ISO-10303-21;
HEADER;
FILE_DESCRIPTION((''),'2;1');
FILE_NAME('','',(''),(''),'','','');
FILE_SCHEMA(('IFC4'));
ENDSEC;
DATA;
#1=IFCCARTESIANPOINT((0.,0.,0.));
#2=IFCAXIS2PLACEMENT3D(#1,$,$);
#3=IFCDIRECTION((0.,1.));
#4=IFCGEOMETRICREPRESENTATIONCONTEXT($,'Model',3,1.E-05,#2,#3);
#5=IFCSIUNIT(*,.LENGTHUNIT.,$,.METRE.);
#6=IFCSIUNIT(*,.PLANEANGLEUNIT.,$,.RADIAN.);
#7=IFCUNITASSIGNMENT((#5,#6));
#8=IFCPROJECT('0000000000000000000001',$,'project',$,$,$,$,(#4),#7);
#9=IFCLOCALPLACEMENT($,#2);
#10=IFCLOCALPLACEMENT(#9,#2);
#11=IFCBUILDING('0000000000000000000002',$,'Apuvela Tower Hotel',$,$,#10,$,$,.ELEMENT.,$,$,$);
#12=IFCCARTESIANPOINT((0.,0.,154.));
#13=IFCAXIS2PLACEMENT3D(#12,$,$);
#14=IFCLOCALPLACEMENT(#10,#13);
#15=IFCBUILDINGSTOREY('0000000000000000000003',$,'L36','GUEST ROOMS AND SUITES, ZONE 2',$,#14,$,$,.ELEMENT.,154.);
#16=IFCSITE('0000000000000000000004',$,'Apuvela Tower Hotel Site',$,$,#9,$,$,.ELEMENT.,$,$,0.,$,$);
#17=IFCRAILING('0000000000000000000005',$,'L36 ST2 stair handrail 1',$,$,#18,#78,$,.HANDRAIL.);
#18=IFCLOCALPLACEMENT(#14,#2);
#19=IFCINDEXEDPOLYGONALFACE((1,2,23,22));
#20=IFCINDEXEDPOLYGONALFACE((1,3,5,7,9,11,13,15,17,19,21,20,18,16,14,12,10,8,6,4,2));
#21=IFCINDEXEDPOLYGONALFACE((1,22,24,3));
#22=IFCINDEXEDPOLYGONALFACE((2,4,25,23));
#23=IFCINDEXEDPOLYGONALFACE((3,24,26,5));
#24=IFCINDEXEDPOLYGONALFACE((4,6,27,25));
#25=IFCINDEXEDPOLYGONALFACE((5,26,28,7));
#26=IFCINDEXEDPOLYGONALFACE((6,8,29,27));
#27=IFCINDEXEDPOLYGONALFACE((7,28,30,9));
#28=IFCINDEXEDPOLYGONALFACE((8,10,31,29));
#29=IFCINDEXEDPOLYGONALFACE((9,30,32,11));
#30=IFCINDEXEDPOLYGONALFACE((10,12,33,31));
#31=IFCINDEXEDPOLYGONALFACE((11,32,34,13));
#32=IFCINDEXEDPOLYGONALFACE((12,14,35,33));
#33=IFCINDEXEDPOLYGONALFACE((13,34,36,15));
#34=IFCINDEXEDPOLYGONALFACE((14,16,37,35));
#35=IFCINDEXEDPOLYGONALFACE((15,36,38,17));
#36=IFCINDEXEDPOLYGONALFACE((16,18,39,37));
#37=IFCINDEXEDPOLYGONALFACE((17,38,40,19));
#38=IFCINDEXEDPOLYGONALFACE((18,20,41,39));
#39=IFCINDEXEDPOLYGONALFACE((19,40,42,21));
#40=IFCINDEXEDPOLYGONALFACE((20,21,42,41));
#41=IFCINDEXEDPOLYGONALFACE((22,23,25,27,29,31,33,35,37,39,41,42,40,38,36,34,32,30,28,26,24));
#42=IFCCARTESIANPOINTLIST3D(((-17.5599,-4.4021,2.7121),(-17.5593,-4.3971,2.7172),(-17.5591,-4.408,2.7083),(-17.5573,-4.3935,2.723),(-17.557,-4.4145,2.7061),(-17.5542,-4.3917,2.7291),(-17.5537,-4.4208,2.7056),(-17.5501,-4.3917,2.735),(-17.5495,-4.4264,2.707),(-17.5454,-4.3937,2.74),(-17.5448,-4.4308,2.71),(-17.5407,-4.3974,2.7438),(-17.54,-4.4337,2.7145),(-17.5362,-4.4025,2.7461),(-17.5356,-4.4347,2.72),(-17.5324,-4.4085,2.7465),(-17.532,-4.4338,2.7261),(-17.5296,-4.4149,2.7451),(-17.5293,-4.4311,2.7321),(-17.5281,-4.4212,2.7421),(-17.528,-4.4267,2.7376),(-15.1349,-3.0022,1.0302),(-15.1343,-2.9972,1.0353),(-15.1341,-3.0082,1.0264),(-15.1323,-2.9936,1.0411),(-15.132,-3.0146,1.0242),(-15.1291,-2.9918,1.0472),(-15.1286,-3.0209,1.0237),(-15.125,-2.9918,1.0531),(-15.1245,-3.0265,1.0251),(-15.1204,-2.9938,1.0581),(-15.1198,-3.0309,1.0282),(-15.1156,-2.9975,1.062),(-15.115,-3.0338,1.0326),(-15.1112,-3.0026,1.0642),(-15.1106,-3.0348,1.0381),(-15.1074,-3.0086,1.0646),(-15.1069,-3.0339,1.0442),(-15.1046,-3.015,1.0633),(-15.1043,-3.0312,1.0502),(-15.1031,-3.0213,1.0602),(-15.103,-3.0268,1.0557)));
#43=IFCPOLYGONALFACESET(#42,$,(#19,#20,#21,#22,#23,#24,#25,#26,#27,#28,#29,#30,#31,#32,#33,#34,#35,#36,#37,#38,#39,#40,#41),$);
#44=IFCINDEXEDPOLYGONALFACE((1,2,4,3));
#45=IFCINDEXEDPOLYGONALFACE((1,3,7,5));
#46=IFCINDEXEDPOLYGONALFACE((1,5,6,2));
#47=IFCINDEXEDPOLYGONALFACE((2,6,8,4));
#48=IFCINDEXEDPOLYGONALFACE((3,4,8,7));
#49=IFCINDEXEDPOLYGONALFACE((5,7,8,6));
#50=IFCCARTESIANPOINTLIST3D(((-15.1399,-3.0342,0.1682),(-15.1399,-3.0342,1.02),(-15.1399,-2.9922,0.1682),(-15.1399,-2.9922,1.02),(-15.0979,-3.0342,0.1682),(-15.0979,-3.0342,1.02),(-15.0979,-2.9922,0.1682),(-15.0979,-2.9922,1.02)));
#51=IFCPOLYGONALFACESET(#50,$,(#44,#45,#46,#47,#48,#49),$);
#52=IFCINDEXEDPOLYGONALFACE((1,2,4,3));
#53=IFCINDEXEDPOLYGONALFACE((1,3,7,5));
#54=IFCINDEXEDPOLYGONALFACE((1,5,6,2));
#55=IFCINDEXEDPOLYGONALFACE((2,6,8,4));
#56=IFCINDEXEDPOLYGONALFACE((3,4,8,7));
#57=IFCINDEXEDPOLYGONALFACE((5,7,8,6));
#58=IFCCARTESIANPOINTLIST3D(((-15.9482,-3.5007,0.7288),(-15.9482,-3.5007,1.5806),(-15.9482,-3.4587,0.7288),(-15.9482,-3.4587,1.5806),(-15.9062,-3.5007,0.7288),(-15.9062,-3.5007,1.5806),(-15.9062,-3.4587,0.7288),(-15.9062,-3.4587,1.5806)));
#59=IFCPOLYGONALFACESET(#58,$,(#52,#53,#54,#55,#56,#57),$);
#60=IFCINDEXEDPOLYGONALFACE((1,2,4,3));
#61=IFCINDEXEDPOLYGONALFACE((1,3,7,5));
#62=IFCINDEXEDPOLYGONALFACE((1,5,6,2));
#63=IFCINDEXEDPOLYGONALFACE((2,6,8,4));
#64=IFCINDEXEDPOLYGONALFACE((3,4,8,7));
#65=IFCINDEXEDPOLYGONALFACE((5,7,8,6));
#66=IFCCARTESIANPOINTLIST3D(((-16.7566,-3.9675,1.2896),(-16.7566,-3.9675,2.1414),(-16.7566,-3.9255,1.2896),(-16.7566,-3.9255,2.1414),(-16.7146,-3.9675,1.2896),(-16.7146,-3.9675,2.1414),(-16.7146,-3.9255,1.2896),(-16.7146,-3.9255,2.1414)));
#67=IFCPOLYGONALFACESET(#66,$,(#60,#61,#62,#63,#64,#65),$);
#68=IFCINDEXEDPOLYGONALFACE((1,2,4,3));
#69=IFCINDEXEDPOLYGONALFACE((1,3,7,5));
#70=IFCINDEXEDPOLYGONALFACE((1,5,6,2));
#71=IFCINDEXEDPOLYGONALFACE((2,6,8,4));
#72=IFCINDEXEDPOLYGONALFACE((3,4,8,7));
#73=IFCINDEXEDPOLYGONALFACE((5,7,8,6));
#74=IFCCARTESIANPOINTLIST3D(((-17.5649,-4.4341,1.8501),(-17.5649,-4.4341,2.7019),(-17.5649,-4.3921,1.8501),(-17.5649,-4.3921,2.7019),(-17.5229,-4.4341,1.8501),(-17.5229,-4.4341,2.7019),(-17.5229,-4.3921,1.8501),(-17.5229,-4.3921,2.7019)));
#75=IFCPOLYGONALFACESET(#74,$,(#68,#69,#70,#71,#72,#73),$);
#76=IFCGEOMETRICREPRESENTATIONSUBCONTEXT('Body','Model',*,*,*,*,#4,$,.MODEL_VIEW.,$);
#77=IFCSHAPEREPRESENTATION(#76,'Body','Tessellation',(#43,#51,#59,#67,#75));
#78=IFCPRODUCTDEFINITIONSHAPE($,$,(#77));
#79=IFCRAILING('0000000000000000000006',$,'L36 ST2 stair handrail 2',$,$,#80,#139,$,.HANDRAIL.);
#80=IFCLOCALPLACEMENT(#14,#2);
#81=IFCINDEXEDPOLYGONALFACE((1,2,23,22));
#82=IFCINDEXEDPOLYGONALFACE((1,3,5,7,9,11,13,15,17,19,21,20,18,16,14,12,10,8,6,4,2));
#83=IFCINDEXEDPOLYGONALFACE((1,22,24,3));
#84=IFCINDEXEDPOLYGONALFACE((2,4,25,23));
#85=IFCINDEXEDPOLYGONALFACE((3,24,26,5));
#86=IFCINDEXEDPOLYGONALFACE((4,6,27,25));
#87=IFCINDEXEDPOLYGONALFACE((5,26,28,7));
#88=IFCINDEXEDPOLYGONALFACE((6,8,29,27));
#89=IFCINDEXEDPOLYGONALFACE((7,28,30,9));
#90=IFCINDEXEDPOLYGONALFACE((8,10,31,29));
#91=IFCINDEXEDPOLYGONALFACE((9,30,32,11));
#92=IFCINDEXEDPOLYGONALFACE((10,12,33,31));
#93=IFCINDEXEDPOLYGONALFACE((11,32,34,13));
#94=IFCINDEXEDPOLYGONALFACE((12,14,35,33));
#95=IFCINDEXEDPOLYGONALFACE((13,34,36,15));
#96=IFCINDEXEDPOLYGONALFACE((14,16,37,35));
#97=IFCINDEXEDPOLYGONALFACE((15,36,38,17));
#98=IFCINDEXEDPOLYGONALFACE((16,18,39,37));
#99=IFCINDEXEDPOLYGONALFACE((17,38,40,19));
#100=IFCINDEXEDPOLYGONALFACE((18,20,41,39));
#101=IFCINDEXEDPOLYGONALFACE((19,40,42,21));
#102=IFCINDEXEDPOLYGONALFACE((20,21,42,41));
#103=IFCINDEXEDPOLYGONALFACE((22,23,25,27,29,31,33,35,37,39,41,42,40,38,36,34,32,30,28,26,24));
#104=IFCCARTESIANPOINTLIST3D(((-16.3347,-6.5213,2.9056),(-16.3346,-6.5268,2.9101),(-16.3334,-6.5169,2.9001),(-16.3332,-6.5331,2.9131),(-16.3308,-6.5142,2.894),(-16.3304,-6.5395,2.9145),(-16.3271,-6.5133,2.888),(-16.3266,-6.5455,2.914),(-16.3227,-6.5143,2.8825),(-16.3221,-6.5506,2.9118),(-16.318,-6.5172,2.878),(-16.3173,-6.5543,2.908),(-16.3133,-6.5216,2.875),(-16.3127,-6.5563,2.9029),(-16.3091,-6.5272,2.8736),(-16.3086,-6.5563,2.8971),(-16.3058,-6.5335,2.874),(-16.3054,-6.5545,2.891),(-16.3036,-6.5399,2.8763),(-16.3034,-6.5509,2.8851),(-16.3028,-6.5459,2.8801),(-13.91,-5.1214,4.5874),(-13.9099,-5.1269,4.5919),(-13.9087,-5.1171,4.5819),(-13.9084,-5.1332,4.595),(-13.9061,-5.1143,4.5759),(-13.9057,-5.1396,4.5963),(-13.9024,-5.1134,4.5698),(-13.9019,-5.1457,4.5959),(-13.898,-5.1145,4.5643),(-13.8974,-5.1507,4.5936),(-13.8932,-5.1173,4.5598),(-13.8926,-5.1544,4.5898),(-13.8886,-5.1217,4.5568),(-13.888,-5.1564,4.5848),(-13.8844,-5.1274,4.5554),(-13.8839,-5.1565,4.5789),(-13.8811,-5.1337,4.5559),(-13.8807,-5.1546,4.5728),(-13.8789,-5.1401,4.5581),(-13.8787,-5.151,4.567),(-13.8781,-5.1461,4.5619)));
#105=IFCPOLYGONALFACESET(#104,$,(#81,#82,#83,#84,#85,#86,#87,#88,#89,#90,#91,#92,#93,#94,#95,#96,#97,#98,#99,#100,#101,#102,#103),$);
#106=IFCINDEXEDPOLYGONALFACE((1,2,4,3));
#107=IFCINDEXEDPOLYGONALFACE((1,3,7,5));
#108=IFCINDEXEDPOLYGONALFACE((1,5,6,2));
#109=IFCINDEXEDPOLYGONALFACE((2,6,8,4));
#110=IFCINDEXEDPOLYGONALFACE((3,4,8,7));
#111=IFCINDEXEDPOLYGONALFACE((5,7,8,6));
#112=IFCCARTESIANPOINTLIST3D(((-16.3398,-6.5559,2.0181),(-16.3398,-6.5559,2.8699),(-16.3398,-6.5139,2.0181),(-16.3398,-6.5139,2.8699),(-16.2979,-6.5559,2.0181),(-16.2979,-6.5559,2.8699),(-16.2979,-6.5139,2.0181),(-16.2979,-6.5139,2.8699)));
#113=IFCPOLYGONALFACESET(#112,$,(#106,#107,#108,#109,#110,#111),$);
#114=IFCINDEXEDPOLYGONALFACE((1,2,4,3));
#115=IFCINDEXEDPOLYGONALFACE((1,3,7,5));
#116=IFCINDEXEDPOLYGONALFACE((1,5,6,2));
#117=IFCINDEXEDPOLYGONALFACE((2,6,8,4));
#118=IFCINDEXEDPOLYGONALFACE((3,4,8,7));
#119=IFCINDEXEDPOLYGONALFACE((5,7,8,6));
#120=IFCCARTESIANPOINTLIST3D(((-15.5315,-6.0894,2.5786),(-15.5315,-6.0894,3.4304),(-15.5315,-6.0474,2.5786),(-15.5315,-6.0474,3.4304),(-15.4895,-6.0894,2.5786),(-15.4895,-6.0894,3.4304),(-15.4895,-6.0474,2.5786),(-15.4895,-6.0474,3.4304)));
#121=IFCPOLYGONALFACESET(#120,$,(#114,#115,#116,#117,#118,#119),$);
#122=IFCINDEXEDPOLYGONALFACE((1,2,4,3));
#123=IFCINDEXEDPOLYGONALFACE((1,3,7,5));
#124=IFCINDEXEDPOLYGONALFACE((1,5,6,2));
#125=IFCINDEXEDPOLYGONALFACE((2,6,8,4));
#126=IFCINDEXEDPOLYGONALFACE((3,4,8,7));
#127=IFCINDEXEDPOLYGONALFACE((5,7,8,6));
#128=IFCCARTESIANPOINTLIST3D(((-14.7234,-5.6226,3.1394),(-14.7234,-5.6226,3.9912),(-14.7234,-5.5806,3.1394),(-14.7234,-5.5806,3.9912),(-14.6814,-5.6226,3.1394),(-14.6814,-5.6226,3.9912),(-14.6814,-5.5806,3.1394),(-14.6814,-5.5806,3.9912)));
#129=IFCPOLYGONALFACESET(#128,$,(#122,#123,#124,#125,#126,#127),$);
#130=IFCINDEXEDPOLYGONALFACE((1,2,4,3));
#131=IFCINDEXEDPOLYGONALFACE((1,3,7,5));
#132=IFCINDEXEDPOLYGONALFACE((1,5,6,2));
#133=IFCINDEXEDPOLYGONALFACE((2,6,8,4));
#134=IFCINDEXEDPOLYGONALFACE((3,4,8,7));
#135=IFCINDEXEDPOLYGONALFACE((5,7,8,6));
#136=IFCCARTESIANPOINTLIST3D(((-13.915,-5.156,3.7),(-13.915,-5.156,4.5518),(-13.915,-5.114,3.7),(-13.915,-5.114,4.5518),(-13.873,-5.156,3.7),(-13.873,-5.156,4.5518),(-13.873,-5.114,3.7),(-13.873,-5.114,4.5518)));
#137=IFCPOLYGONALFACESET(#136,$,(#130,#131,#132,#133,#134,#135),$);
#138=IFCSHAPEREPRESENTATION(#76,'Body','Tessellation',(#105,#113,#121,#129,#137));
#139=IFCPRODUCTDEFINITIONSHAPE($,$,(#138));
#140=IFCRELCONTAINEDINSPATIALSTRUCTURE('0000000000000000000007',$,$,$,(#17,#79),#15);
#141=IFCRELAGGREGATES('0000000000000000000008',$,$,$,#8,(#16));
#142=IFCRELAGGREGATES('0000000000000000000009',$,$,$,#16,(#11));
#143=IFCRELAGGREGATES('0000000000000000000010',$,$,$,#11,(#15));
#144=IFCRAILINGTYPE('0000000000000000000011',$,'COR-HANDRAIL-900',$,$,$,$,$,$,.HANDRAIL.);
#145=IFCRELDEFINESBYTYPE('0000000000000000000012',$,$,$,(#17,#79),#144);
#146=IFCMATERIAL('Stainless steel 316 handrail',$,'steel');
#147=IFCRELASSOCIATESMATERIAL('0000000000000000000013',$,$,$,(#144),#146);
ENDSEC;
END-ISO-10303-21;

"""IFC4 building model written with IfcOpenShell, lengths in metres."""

from ifc_helpers import new_model, si_unit, direction, frame, origin, origin_2d, place, context, subcontext, project, spatial, rectangle, circle, extrude, material, type_object, element, save


model = new_model("IFC4")

# Units and contexts
model_context = context("Model", 3, precision=1e-05, world=origin(), true_north=direction((0.0, 1.0)))
body_context = subcontext(model_context, "Body", "Model", "MODEL_VIEW")
ifc_project = project(units=[si_unit("LENGTHUNIT", "METRE"), si_unit("PLANEANGLEUNIT", "RADIAN")], contexts=[model_context])

# Site, building, storey
site_placement = place(None, origin())
site = spatial("IfcSite", under=ifc_project, at=site_placement, Name="Apuvela Tower Hotel Site", CompositionType="ELEMENT", RefElevation=0.0)
building_placement = place(site_placement, origin())
building = spatial("IfcBuilding", under=site, at=building_placement, Name="Apuvela Tower Hotel", CompositionType="ELEMENT")
storey_placement = place(building_placement, frame((0.0, 0.0, 154.0)))
storey = spatial("IfcBuildingStorey", under=building, at=storey_placement, Name="L36", Description="GUEST ROOMS AND SUITES, ZONE 2", CompositionType="ELEMENT", Elevation=154.0)

# Railings
ifc_material_1 = material(Name="Stainless steel 316 handrail", Category="steel")
railing_type_1 = type_object("IfcRailingType", Name="COR-HANDRAIL-900", PredefinedType="HANDRAIL", material=ifc_material_1)
railing_1_placement = place(storey_placement, frame((-15.1189, -3.0132, 0.1682)))
element("IfcRailing", 1, at=railing_1_placement, inside=storey, type_object=railing_type_1, Name="L36 ST2 stair handrail 1", PredefinedType="HANDRAIL", context=body_context, shape_type="SweptSolid", body=[
    extrude(circle(Radius=0.0239, at=origin_2d()), frame((0.0, 0.0, 0.876), z_axis=(-0.742424, -0.428577, 0.514906), x_axis=(0.499946, -0.866056, 0.0)), (0.0, 0.0, 1.0), 3.2664),
    extrude(rectangle(XDim=0.042, YDim=0.042, at=origin_2d()), origin(), (0.0, 0.0, 1.0), 0.8518),
    extrude(rectangle(XDim=0.042, YDim=0.042, at=origin_2d()), frame((-0.8083, -0.4666, 0.5605)), (0.0, 0.0, 1.0), 0.8518),
    extrude(rectangle(XDim=0.042, YDim=0.042, at=origin_2d()), frame((-1.6167, -0.9333, 1.1213)), (0.0, 0.0, 1.0), 0.8518),
    extrude(rectangle(XDim=0.042, YDim=0.042, at=origin_2d()), frame((-2.425, -1.3999, 1.6819)), (0.0, 0.0, 1.0), 0.8518),
])
railing_2_placement = place(storey_placement, frame((-16.3188, -6.5349, 2.0181)))
element("IfcRailing", 2, at=railing_2_placement, inside=storey, type_object=railing_type_1, Name="L36 ST2 stair handrail 2", PredefinedType="HANDRAIL", context=body_context, shape_type="SweptSolid", body=[
    extrude(circle(Radius=0.0239, at=origin_2d()), frame((0.0, 0.0, 0.876), z_axis=(0.74239, 0.428601, 0.514934), x_axis=(-0.499984, 0.866035, 0.0)), (0.0, 0.0, 1.0), 3.2661),
    extrude(rectangle(XDim=0.042, YDim=0.042, at=origin_2d()), origin(), (0.0, 0.0, 1.0), 0.8518),
    extrude(rectangle(XDim=0.042, YDim=0.042, at=origin_2d()), frame((0.8083, 0.4666, 0.5605)), (0.0, 0.0, 1.0), 0.8518),
    extrude(rectangle(XDim=0.042, YDim=0.042, at=origin_2d()), frame((1.6165, 0.9333, 1.1213)), (0.0, 0.0, 1.0), 0.8518),
    extrude(rectangle(XDim=0.042, YDim=0.042, at=origin_2d()), frame((2.4248, 1.3999, 1.6819)), (0.0, 0.0, 1.0), 0.8518),
])

save(model, "model.ifc")
